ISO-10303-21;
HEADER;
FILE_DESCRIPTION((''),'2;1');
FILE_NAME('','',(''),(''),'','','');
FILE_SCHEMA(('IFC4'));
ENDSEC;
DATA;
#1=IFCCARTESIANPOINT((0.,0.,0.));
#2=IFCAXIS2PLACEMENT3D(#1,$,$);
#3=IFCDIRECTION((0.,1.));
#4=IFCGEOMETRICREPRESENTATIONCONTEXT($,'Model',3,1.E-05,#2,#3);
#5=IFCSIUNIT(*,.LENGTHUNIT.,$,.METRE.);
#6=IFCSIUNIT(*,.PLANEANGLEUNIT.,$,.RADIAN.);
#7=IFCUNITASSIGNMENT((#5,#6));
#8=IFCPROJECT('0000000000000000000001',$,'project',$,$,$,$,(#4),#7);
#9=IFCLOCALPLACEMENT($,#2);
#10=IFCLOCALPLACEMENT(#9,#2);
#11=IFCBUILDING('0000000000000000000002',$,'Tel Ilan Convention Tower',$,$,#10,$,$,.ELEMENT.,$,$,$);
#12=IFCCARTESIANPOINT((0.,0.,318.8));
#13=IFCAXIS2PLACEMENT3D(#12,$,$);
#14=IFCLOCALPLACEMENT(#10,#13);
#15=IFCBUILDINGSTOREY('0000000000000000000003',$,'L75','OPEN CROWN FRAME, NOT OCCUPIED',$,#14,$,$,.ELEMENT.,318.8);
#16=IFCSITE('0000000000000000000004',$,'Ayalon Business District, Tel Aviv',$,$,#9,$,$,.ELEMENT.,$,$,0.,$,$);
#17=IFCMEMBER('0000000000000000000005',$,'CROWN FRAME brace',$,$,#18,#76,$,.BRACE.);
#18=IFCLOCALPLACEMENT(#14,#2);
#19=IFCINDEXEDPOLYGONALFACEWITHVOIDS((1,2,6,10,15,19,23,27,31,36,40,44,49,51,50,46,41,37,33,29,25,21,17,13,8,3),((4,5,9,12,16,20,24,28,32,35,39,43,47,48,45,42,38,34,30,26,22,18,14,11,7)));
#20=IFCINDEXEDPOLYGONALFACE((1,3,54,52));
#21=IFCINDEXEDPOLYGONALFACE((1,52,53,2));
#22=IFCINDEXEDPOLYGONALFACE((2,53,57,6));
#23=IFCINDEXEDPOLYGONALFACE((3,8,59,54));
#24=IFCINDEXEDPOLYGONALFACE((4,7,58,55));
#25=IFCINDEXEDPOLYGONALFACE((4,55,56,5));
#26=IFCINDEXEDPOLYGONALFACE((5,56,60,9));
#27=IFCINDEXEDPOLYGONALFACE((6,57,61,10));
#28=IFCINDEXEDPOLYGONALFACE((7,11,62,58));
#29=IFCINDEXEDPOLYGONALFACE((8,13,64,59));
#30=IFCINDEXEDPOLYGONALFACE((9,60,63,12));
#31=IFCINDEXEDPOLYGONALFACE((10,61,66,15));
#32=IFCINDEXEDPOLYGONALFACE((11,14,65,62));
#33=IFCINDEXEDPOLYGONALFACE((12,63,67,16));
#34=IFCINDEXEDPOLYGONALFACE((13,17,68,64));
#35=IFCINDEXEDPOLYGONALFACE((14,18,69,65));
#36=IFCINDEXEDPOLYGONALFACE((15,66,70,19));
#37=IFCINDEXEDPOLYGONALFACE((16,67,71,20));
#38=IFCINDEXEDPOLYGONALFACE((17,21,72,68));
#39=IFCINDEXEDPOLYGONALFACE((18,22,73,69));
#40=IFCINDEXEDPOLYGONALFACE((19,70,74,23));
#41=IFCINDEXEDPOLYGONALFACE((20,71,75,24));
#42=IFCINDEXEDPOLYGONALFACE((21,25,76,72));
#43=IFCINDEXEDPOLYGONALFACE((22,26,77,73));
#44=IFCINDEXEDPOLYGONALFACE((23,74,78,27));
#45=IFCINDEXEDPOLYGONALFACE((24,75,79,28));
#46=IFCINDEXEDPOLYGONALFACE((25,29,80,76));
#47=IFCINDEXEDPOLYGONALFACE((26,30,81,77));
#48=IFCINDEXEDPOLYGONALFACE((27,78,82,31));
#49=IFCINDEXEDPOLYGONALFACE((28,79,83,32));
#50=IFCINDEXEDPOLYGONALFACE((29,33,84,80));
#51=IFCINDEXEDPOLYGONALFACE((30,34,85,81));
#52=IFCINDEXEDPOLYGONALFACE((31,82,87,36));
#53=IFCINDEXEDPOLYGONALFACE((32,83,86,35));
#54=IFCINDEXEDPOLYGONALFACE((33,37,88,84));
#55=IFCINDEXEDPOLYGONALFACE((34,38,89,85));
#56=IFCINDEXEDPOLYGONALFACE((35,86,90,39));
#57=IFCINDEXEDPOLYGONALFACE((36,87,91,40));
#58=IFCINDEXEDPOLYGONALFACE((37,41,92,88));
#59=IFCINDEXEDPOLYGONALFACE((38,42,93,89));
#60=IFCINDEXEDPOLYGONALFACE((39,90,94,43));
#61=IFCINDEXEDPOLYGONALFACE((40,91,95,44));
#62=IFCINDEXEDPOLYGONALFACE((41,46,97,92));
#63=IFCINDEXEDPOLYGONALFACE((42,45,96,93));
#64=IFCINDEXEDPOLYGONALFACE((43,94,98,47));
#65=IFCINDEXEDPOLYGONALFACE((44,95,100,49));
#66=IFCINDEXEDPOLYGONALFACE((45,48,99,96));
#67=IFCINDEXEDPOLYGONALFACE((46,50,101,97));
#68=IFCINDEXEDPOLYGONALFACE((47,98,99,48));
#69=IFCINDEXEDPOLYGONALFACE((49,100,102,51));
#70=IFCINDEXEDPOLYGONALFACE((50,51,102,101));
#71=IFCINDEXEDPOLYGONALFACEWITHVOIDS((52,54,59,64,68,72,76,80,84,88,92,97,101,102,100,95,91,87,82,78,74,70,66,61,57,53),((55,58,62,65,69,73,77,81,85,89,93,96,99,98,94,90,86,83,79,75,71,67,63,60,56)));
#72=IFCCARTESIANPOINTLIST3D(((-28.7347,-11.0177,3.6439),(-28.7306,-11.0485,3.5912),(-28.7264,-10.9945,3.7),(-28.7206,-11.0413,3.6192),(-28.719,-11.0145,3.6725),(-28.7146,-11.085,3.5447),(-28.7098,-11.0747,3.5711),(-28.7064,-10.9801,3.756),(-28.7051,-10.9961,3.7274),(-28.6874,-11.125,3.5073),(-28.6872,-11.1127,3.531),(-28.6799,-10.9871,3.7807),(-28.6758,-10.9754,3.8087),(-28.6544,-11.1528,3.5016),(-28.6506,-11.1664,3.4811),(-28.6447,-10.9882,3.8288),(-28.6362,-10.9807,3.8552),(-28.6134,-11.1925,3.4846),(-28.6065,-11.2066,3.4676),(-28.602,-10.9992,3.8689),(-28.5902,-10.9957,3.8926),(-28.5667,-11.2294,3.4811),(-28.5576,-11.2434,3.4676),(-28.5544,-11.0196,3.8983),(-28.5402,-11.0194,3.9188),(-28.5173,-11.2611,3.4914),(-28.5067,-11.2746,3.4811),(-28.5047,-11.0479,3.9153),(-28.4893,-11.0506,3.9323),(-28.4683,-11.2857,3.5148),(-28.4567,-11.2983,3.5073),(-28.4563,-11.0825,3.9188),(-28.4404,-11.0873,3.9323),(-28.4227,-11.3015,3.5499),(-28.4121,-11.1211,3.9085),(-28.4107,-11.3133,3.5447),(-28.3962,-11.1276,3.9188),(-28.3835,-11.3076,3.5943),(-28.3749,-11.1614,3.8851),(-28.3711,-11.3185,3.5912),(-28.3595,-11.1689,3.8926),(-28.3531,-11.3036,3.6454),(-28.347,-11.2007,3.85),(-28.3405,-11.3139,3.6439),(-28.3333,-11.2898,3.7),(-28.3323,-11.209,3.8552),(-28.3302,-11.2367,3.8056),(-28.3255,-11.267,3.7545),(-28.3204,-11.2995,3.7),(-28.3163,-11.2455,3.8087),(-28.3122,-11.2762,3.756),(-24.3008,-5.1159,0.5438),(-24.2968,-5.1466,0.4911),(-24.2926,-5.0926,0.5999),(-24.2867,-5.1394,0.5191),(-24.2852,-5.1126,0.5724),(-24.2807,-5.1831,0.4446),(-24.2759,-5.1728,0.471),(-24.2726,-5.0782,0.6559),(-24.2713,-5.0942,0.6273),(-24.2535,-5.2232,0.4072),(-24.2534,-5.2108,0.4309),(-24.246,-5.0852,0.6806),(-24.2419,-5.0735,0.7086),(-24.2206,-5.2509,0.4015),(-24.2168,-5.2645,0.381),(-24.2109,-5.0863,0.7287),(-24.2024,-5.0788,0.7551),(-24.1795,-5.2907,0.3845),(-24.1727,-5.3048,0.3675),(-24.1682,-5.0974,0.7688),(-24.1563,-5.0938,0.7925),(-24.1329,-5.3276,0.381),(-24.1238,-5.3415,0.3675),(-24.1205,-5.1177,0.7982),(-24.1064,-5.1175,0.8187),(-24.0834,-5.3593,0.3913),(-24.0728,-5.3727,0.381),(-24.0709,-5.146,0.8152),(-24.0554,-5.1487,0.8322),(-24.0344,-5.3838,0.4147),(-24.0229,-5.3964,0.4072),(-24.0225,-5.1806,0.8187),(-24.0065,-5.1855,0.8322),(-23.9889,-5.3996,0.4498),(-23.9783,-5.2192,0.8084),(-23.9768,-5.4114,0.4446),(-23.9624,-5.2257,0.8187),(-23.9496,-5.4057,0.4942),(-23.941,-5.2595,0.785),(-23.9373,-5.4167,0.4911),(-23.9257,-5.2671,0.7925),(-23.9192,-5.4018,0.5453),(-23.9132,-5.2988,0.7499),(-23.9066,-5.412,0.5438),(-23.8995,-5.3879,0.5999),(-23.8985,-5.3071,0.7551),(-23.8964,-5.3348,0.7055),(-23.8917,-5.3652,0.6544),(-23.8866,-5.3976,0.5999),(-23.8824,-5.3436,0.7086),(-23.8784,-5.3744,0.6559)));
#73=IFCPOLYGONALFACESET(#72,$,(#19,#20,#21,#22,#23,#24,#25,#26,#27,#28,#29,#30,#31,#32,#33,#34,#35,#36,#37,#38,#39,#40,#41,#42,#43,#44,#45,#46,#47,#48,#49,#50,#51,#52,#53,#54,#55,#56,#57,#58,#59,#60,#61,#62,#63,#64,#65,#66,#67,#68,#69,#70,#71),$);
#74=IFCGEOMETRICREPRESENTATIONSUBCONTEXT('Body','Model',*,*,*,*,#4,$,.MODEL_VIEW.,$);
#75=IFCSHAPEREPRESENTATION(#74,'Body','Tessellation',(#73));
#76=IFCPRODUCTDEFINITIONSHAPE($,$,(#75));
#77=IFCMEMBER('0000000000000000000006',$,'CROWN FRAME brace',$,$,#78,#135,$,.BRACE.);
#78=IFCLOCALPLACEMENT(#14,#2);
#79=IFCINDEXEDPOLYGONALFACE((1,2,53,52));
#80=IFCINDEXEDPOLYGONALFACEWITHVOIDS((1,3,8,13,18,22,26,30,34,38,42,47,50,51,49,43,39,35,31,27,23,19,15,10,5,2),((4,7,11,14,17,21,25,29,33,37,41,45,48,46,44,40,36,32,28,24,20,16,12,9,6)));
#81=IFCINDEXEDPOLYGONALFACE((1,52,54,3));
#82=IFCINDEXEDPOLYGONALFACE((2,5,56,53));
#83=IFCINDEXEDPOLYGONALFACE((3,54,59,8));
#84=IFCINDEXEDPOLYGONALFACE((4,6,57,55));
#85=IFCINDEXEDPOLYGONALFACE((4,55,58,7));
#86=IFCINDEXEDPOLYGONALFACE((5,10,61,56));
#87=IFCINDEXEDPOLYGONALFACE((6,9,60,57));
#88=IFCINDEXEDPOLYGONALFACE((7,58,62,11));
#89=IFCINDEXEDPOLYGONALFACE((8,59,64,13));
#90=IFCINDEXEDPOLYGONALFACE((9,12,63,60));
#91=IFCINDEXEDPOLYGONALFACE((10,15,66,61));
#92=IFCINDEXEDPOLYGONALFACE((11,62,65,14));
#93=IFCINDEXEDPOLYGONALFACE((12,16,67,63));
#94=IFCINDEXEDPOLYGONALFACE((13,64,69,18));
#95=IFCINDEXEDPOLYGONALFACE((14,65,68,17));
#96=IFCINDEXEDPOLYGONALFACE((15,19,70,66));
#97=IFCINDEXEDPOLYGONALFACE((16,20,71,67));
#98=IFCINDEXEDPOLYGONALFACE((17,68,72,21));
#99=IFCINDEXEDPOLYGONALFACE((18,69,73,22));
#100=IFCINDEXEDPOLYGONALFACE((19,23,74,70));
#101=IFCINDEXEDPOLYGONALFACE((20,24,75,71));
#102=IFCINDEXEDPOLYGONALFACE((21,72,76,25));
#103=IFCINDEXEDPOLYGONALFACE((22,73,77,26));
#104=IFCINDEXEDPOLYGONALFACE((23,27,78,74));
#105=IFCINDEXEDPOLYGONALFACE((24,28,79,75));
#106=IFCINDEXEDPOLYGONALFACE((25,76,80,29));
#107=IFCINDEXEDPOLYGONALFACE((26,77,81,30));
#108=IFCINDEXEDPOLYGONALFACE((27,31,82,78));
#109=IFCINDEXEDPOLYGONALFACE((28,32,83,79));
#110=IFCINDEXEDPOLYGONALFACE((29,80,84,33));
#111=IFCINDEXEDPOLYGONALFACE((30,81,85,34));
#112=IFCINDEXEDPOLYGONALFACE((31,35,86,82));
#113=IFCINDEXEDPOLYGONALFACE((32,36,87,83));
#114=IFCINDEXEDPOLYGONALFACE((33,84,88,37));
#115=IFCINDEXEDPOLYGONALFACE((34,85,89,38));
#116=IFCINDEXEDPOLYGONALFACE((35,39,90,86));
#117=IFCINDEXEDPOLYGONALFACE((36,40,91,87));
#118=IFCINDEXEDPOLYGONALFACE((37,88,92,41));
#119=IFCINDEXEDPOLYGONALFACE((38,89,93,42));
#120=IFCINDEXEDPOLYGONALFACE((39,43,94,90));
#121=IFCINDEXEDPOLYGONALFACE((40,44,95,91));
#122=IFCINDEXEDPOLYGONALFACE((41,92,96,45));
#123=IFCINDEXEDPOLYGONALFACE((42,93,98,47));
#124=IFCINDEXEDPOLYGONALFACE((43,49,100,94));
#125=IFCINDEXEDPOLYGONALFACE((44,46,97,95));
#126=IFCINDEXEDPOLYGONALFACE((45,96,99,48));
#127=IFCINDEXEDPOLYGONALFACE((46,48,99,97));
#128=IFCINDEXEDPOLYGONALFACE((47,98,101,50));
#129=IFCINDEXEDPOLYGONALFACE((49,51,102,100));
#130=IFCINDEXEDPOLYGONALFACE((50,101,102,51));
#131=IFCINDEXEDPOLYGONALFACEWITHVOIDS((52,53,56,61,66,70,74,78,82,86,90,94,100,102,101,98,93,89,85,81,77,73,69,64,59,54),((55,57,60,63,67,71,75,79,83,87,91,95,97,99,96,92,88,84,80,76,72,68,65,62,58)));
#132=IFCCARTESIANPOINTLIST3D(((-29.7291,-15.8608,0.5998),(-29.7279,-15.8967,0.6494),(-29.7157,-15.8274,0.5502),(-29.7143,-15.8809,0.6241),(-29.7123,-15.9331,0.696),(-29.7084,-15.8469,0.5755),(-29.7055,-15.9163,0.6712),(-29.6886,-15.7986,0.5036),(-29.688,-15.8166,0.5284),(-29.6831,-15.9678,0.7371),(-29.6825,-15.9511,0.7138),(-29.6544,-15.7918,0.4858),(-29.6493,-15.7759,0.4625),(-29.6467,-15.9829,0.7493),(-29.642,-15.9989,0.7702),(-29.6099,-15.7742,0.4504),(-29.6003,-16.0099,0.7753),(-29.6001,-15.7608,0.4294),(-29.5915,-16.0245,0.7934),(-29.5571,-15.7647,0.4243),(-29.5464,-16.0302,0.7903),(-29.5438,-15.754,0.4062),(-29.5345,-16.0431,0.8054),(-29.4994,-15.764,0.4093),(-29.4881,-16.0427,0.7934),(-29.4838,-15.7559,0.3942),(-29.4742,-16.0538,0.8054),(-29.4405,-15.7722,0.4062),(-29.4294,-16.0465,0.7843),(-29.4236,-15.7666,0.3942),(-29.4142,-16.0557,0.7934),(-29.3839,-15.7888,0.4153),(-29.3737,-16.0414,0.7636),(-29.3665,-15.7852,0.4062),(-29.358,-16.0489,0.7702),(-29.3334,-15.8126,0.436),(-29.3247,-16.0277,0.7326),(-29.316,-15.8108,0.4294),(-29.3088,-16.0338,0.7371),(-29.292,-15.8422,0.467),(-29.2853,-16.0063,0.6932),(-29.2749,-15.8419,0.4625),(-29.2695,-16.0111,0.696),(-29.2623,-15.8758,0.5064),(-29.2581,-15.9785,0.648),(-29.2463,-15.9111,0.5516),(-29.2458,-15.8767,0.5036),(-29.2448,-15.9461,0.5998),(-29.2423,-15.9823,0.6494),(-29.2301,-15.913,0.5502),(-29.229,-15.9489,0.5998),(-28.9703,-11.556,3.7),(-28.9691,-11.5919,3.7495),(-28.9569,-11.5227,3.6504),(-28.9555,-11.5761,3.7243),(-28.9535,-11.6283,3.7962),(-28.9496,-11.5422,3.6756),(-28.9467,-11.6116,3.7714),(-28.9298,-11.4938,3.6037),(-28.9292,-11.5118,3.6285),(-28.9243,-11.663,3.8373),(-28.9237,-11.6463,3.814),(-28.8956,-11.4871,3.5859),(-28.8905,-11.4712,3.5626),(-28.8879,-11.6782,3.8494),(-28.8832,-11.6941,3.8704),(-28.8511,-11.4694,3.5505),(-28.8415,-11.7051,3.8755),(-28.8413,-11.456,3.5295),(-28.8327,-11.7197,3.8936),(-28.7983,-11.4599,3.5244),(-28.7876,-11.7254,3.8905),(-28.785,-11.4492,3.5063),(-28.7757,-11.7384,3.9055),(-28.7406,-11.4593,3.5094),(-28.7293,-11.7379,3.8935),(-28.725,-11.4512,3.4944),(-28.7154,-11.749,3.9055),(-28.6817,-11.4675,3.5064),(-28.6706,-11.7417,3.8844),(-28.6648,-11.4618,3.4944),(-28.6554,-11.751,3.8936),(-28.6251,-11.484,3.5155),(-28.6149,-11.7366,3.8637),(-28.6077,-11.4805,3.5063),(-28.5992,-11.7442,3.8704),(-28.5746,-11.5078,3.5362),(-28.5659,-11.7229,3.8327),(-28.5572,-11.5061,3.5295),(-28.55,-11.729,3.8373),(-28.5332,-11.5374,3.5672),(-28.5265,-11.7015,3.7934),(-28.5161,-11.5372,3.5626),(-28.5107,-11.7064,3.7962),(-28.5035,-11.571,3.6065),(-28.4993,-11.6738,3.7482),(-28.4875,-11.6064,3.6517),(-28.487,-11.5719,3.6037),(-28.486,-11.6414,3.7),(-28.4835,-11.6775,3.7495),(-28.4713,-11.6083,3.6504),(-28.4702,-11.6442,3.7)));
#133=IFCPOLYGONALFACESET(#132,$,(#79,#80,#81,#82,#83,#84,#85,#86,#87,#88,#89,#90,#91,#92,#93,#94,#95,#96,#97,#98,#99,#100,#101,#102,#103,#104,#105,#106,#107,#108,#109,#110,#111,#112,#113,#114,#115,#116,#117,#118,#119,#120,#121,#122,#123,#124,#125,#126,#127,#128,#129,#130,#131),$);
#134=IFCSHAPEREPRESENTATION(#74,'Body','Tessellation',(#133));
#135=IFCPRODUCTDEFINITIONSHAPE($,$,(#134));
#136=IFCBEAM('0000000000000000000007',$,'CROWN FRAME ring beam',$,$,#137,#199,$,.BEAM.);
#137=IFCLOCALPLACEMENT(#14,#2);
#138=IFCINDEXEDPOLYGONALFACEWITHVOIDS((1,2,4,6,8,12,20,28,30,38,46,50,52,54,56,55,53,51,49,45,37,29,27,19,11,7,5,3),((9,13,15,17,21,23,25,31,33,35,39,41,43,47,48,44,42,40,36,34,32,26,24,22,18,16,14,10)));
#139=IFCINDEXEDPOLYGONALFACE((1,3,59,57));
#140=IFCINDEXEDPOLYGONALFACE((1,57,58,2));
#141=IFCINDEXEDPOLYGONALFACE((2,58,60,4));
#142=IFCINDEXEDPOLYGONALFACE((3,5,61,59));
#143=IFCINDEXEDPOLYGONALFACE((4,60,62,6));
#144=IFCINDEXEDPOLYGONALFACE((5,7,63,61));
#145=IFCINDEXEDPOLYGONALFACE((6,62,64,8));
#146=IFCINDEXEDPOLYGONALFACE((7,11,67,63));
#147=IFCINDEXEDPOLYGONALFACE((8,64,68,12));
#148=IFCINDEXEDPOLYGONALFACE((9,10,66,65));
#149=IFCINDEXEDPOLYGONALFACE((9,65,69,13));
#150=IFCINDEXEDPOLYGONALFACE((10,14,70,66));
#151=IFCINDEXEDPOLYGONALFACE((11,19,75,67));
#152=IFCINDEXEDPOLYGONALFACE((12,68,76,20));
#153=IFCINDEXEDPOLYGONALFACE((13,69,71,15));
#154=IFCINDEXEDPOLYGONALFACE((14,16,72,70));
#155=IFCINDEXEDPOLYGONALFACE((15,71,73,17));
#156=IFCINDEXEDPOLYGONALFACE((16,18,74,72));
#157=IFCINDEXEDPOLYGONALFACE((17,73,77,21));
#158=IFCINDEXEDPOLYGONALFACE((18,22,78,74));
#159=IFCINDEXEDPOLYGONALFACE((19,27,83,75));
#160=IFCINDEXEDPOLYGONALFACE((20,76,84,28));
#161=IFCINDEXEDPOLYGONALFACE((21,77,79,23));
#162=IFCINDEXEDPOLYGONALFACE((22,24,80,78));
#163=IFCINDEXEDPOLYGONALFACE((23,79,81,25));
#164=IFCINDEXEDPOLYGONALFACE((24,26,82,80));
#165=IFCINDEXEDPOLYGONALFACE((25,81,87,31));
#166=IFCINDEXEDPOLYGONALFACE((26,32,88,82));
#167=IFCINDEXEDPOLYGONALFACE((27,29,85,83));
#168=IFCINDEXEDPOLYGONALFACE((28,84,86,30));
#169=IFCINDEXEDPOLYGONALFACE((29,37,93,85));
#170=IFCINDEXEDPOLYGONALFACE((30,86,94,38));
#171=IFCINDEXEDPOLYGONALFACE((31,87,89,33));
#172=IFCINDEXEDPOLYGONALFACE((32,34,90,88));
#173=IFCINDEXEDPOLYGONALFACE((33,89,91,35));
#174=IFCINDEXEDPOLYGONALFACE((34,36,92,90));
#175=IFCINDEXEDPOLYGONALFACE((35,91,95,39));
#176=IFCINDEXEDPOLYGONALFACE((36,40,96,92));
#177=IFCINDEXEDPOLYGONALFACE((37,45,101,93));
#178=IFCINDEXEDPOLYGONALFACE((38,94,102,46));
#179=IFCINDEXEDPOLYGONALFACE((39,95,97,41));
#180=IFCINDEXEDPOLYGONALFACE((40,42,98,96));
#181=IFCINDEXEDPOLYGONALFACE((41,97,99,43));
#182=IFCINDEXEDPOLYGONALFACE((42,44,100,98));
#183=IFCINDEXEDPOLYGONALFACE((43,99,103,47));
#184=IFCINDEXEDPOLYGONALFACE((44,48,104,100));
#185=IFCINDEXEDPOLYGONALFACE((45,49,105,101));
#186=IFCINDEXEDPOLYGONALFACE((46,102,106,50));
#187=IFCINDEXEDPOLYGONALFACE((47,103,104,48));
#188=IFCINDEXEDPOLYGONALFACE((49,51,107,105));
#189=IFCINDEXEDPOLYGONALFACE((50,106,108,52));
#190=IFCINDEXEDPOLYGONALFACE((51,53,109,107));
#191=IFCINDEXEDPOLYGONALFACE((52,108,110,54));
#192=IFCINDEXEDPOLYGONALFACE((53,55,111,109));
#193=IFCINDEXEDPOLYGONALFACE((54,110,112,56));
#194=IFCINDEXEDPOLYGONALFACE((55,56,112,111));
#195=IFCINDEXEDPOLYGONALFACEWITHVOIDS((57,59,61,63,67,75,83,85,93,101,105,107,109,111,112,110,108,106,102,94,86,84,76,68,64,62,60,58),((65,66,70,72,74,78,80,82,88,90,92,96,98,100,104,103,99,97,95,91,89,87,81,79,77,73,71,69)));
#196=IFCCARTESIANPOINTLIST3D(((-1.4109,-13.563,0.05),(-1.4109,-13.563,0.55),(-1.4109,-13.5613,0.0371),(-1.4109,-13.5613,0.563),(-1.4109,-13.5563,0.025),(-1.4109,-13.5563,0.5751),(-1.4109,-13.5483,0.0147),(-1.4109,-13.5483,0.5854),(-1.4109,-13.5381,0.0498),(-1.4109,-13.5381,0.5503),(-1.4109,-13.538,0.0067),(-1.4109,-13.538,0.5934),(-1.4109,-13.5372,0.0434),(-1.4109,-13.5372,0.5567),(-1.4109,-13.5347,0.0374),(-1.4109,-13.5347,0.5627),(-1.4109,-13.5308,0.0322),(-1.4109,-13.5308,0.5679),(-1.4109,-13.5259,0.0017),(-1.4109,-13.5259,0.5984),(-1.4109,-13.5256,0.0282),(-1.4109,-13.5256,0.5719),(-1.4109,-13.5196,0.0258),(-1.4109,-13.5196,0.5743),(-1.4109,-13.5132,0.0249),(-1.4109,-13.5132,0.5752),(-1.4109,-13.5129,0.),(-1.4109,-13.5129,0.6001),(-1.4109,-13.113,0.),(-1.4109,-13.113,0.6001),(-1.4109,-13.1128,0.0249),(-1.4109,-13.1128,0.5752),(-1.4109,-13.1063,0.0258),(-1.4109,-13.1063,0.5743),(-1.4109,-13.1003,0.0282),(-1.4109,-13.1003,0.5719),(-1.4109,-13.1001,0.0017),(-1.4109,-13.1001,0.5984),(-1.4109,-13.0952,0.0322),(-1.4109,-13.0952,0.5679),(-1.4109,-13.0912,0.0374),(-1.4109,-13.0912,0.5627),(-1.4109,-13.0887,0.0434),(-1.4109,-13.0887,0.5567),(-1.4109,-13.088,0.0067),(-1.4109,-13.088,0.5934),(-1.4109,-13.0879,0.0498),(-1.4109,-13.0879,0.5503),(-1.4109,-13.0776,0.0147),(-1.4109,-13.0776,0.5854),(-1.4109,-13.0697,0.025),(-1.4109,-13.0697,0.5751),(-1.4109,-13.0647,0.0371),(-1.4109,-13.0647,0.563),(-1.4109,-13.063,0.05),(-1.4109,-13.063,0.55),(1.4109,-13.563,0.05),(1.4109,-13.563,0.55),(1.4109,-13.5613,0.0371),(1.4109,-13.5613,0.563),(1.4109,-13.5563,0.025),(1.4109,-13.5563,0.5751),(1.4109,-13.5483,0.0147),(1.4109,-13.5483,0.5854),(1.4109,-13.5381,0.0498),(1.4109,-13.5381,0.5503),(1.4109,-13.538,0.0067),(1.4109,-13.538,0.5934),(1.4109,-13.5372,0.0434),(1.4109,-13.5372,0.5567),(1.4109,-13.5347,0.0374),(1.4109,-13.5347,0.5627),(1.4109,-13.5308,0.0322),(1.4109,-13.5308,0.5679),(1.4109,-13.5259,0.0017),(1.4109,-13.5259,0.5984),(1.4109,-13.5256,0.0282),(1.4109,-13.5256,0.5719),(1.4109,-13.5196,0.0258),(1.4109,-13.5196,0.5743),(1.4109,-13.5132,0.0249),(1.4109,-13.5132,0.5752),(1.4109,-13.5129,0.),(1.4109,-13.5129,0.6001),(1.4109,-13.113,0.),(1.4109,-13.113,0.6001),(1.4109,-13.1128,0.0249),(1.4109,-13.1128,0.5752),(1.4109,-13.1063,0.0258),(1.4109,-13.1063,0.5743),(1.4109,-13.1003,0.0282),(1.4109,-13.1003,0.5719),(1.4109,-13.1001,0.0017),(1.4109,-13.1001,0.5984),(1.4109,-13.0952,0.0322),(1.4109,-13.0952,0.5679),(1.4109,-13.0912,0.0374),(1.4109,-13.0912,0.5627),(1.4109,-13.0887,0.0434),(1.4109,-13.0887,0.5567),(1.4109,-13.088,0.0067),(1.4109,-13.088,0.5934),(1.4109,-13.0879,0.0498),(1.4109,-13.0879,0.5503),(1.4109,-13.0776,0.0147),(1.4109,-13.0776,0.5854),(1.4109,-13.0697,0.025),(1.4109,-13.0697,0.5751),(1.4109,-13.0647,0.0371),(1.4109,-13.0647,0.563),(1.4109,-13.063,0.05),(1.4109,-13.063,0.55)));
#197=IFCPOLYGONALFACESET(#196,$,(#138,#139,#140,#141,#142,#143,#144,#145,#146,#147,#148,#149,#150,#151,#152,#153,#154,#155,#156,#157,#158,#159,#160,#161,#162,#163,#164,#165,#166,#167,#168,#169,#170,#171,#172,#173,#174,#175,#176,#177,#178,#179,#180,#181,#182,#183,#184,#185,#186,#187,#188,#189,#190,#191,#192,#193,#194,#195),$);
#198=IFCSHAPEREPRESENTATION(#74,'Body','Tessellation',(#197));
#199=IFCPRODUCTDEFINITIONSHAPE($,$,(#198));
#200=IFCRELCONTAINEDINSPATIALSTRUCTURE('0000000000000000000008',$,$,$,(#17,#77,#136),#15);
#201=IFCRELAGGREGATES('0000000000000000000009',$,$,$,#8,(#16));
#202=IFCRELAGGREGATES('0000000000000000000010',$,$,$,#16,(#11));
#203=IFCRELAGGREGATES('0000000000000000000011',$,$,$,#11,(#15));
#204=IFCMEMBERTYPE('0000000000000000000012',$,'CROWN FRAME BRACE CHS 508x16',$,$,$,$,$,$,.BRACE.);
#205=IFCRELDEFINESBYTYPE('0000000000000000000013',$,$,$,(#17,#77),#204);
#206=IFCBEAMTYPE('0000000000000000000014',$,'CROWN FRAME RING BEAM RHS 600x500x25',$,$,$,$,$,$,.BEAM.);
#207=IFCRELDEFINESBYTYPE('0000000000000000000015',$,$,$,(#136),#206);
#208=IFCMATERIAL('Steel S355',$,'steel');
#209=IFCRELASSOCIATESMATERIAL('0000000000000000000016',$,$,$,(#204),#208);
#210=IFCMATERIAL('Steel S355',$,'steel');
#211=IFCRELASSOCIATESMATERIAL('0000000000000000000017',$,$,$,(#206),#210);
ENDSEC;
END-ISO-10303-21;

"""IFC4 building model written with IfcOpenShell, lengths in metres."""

from ifc_helpers import new_model, si_unit, direction, frame, origin, origin_2d, place, context, subcontext, project, spatial, hollow_rectangle, hollow_circle, extrude, material, material_profile, profile_set, type_object, element, save


model = new_model("IFC4")

# Units and contexts
model_context = context("Model", 3, precision=1e-05, world=origin(), true_north=direction((0.0, 1.0)))
body_context = subcontext(model_context, "Body", "Model", "MODEL_VIEW")
ifc_project = project(units=[si_unit("LENGTHUNIT", "METRE"), si_unit("PLANEANGLEUNIT", "RADIAN")], contexts=[model_context])

# Site, building, storey
site_placement = place(None, origin())
site = spatial("IfcSite", under=ifc_project, at=site_placement, Name="Ayalon Business District, Tel Aviv", CompositionType="ELEMENT", RefElevation=0.0)
building_placement = place(site_placement, origin())
building = spatial("IfcBuilding", under=site, at=building_placement, Name="Tel Ilan Convention Tower", CompositionType="ELEMENT")
storey_placement = place(building_placement, frame((0.0, 0.0, 318.8)))
storey = spatial("IfcBuildingStorey", under=building, at=storey_placement, Name="L75", Description="OPEN CROWN FRAME, NOT OCCUPIED", CompositionType="ELEMENT", Elevation=318.8)

# Members
ifc_material_1 = material(Name="Steel S355", Category="steel")
ifc_material_profile_1 = material_profile(ifc_material_1, hollow_circle(Radius=0.2539, WallThickness=0.0161, at=origin_2d()), Name="CHS 508x16")
ifc_profile_set_1 = profile_set([ifc_material_profile_1], Name="Steel S355")
member_type = type_object("IfcMemberType", Name="CROWN FRAME BRACE CHS 508x16", PredefinedType="BRACE", material=ifc_profile_set_1)
member_1_placement = place(storey_placement, frame((-24.0896, -5.2451, 0.5999), z_axis=(-0.553791, -0.737148, 0.387206), x_axis=(0.799516, -0.600645, 0.0)))
element("IfcMember", 1, at=member_1_placement, inside=storey, type_object=member_type, Name="CROWN FRAME brace", PredefinedType="BRACE", context=body_context, shape_type="SweptSolid", body=[
    extrude(hollow_circle(Radius=0.2539, WallThickness=0.0161, at=origin_2d()), origin(), (0.0, 0.0, 1.0), 8.0063),
])
member_2_placement = place(storey_placement, frame((-28.7202, -11.6001, 3.7), z_axis=(-0.141597, -0.803294, -0.578506), x_axis=(0.984817, -0.173594, 0.0)))
element("IfcMember", 2, at=member_2_placement, inside=storey, type_object=member_type, Name="CROWN FRAME brace", PredefinedType="BRACE", context=body_context, shape_type="SweptSolid", body=[
    extrude(hollow_circle(Radius=0.2539, WallThickness=0.0161, at=origin_2d()), origin(), (0.0, 0.0, 1.0), 5.3589),
])

# Beam
ifc_material_2 = material(Name="Steel S355", Category="steel")
ifc_material_profile_2 = material_profile(ifc_material_2, hollow_rectangle(XDim=0.5, YDim=0.6001, WallThickness=0.0249, InnerFilletRadius=0.0249, OuterFilletRadius=0.05, at=origin_2d()), Name="RHS 600x500x25")
ifc_profile_set_2 = profile_set([ifc_material_profile_2], Name="Steel S355")
beam_type = type_object("IfcBeamType", Name="CROWN FRAME RING BEAM RHS 600x500x25", PredefinedType="BEAM", material=ifc_profile_set_2)
beam_1_placement = place(storey_placement, frame((-1.4109, -13.313, 0.3), z_axis=(1.0, 0.0, 0.0), x_axis=(0.0, 1.0, 0.0)))
element("IfcBeam", 3, at=beam_1_placement, inside=storey, type_object=beam_type, Name="CROWN FRAME ring beam", PredefinedType="BEAM", context=body_context, shape_type="SweptSolid", body=[
    extrude(hollow_rectangle(XDim=0.5, YDim=0.6001, WallThickness=0.0249, InnerFilletRadius=0.0249, OuterFilletRadius=0.05, at=origin_2d()), origin(), (0.0, 0.0, 1.0), 2.8218),
])

save(model, "model.ifc")
